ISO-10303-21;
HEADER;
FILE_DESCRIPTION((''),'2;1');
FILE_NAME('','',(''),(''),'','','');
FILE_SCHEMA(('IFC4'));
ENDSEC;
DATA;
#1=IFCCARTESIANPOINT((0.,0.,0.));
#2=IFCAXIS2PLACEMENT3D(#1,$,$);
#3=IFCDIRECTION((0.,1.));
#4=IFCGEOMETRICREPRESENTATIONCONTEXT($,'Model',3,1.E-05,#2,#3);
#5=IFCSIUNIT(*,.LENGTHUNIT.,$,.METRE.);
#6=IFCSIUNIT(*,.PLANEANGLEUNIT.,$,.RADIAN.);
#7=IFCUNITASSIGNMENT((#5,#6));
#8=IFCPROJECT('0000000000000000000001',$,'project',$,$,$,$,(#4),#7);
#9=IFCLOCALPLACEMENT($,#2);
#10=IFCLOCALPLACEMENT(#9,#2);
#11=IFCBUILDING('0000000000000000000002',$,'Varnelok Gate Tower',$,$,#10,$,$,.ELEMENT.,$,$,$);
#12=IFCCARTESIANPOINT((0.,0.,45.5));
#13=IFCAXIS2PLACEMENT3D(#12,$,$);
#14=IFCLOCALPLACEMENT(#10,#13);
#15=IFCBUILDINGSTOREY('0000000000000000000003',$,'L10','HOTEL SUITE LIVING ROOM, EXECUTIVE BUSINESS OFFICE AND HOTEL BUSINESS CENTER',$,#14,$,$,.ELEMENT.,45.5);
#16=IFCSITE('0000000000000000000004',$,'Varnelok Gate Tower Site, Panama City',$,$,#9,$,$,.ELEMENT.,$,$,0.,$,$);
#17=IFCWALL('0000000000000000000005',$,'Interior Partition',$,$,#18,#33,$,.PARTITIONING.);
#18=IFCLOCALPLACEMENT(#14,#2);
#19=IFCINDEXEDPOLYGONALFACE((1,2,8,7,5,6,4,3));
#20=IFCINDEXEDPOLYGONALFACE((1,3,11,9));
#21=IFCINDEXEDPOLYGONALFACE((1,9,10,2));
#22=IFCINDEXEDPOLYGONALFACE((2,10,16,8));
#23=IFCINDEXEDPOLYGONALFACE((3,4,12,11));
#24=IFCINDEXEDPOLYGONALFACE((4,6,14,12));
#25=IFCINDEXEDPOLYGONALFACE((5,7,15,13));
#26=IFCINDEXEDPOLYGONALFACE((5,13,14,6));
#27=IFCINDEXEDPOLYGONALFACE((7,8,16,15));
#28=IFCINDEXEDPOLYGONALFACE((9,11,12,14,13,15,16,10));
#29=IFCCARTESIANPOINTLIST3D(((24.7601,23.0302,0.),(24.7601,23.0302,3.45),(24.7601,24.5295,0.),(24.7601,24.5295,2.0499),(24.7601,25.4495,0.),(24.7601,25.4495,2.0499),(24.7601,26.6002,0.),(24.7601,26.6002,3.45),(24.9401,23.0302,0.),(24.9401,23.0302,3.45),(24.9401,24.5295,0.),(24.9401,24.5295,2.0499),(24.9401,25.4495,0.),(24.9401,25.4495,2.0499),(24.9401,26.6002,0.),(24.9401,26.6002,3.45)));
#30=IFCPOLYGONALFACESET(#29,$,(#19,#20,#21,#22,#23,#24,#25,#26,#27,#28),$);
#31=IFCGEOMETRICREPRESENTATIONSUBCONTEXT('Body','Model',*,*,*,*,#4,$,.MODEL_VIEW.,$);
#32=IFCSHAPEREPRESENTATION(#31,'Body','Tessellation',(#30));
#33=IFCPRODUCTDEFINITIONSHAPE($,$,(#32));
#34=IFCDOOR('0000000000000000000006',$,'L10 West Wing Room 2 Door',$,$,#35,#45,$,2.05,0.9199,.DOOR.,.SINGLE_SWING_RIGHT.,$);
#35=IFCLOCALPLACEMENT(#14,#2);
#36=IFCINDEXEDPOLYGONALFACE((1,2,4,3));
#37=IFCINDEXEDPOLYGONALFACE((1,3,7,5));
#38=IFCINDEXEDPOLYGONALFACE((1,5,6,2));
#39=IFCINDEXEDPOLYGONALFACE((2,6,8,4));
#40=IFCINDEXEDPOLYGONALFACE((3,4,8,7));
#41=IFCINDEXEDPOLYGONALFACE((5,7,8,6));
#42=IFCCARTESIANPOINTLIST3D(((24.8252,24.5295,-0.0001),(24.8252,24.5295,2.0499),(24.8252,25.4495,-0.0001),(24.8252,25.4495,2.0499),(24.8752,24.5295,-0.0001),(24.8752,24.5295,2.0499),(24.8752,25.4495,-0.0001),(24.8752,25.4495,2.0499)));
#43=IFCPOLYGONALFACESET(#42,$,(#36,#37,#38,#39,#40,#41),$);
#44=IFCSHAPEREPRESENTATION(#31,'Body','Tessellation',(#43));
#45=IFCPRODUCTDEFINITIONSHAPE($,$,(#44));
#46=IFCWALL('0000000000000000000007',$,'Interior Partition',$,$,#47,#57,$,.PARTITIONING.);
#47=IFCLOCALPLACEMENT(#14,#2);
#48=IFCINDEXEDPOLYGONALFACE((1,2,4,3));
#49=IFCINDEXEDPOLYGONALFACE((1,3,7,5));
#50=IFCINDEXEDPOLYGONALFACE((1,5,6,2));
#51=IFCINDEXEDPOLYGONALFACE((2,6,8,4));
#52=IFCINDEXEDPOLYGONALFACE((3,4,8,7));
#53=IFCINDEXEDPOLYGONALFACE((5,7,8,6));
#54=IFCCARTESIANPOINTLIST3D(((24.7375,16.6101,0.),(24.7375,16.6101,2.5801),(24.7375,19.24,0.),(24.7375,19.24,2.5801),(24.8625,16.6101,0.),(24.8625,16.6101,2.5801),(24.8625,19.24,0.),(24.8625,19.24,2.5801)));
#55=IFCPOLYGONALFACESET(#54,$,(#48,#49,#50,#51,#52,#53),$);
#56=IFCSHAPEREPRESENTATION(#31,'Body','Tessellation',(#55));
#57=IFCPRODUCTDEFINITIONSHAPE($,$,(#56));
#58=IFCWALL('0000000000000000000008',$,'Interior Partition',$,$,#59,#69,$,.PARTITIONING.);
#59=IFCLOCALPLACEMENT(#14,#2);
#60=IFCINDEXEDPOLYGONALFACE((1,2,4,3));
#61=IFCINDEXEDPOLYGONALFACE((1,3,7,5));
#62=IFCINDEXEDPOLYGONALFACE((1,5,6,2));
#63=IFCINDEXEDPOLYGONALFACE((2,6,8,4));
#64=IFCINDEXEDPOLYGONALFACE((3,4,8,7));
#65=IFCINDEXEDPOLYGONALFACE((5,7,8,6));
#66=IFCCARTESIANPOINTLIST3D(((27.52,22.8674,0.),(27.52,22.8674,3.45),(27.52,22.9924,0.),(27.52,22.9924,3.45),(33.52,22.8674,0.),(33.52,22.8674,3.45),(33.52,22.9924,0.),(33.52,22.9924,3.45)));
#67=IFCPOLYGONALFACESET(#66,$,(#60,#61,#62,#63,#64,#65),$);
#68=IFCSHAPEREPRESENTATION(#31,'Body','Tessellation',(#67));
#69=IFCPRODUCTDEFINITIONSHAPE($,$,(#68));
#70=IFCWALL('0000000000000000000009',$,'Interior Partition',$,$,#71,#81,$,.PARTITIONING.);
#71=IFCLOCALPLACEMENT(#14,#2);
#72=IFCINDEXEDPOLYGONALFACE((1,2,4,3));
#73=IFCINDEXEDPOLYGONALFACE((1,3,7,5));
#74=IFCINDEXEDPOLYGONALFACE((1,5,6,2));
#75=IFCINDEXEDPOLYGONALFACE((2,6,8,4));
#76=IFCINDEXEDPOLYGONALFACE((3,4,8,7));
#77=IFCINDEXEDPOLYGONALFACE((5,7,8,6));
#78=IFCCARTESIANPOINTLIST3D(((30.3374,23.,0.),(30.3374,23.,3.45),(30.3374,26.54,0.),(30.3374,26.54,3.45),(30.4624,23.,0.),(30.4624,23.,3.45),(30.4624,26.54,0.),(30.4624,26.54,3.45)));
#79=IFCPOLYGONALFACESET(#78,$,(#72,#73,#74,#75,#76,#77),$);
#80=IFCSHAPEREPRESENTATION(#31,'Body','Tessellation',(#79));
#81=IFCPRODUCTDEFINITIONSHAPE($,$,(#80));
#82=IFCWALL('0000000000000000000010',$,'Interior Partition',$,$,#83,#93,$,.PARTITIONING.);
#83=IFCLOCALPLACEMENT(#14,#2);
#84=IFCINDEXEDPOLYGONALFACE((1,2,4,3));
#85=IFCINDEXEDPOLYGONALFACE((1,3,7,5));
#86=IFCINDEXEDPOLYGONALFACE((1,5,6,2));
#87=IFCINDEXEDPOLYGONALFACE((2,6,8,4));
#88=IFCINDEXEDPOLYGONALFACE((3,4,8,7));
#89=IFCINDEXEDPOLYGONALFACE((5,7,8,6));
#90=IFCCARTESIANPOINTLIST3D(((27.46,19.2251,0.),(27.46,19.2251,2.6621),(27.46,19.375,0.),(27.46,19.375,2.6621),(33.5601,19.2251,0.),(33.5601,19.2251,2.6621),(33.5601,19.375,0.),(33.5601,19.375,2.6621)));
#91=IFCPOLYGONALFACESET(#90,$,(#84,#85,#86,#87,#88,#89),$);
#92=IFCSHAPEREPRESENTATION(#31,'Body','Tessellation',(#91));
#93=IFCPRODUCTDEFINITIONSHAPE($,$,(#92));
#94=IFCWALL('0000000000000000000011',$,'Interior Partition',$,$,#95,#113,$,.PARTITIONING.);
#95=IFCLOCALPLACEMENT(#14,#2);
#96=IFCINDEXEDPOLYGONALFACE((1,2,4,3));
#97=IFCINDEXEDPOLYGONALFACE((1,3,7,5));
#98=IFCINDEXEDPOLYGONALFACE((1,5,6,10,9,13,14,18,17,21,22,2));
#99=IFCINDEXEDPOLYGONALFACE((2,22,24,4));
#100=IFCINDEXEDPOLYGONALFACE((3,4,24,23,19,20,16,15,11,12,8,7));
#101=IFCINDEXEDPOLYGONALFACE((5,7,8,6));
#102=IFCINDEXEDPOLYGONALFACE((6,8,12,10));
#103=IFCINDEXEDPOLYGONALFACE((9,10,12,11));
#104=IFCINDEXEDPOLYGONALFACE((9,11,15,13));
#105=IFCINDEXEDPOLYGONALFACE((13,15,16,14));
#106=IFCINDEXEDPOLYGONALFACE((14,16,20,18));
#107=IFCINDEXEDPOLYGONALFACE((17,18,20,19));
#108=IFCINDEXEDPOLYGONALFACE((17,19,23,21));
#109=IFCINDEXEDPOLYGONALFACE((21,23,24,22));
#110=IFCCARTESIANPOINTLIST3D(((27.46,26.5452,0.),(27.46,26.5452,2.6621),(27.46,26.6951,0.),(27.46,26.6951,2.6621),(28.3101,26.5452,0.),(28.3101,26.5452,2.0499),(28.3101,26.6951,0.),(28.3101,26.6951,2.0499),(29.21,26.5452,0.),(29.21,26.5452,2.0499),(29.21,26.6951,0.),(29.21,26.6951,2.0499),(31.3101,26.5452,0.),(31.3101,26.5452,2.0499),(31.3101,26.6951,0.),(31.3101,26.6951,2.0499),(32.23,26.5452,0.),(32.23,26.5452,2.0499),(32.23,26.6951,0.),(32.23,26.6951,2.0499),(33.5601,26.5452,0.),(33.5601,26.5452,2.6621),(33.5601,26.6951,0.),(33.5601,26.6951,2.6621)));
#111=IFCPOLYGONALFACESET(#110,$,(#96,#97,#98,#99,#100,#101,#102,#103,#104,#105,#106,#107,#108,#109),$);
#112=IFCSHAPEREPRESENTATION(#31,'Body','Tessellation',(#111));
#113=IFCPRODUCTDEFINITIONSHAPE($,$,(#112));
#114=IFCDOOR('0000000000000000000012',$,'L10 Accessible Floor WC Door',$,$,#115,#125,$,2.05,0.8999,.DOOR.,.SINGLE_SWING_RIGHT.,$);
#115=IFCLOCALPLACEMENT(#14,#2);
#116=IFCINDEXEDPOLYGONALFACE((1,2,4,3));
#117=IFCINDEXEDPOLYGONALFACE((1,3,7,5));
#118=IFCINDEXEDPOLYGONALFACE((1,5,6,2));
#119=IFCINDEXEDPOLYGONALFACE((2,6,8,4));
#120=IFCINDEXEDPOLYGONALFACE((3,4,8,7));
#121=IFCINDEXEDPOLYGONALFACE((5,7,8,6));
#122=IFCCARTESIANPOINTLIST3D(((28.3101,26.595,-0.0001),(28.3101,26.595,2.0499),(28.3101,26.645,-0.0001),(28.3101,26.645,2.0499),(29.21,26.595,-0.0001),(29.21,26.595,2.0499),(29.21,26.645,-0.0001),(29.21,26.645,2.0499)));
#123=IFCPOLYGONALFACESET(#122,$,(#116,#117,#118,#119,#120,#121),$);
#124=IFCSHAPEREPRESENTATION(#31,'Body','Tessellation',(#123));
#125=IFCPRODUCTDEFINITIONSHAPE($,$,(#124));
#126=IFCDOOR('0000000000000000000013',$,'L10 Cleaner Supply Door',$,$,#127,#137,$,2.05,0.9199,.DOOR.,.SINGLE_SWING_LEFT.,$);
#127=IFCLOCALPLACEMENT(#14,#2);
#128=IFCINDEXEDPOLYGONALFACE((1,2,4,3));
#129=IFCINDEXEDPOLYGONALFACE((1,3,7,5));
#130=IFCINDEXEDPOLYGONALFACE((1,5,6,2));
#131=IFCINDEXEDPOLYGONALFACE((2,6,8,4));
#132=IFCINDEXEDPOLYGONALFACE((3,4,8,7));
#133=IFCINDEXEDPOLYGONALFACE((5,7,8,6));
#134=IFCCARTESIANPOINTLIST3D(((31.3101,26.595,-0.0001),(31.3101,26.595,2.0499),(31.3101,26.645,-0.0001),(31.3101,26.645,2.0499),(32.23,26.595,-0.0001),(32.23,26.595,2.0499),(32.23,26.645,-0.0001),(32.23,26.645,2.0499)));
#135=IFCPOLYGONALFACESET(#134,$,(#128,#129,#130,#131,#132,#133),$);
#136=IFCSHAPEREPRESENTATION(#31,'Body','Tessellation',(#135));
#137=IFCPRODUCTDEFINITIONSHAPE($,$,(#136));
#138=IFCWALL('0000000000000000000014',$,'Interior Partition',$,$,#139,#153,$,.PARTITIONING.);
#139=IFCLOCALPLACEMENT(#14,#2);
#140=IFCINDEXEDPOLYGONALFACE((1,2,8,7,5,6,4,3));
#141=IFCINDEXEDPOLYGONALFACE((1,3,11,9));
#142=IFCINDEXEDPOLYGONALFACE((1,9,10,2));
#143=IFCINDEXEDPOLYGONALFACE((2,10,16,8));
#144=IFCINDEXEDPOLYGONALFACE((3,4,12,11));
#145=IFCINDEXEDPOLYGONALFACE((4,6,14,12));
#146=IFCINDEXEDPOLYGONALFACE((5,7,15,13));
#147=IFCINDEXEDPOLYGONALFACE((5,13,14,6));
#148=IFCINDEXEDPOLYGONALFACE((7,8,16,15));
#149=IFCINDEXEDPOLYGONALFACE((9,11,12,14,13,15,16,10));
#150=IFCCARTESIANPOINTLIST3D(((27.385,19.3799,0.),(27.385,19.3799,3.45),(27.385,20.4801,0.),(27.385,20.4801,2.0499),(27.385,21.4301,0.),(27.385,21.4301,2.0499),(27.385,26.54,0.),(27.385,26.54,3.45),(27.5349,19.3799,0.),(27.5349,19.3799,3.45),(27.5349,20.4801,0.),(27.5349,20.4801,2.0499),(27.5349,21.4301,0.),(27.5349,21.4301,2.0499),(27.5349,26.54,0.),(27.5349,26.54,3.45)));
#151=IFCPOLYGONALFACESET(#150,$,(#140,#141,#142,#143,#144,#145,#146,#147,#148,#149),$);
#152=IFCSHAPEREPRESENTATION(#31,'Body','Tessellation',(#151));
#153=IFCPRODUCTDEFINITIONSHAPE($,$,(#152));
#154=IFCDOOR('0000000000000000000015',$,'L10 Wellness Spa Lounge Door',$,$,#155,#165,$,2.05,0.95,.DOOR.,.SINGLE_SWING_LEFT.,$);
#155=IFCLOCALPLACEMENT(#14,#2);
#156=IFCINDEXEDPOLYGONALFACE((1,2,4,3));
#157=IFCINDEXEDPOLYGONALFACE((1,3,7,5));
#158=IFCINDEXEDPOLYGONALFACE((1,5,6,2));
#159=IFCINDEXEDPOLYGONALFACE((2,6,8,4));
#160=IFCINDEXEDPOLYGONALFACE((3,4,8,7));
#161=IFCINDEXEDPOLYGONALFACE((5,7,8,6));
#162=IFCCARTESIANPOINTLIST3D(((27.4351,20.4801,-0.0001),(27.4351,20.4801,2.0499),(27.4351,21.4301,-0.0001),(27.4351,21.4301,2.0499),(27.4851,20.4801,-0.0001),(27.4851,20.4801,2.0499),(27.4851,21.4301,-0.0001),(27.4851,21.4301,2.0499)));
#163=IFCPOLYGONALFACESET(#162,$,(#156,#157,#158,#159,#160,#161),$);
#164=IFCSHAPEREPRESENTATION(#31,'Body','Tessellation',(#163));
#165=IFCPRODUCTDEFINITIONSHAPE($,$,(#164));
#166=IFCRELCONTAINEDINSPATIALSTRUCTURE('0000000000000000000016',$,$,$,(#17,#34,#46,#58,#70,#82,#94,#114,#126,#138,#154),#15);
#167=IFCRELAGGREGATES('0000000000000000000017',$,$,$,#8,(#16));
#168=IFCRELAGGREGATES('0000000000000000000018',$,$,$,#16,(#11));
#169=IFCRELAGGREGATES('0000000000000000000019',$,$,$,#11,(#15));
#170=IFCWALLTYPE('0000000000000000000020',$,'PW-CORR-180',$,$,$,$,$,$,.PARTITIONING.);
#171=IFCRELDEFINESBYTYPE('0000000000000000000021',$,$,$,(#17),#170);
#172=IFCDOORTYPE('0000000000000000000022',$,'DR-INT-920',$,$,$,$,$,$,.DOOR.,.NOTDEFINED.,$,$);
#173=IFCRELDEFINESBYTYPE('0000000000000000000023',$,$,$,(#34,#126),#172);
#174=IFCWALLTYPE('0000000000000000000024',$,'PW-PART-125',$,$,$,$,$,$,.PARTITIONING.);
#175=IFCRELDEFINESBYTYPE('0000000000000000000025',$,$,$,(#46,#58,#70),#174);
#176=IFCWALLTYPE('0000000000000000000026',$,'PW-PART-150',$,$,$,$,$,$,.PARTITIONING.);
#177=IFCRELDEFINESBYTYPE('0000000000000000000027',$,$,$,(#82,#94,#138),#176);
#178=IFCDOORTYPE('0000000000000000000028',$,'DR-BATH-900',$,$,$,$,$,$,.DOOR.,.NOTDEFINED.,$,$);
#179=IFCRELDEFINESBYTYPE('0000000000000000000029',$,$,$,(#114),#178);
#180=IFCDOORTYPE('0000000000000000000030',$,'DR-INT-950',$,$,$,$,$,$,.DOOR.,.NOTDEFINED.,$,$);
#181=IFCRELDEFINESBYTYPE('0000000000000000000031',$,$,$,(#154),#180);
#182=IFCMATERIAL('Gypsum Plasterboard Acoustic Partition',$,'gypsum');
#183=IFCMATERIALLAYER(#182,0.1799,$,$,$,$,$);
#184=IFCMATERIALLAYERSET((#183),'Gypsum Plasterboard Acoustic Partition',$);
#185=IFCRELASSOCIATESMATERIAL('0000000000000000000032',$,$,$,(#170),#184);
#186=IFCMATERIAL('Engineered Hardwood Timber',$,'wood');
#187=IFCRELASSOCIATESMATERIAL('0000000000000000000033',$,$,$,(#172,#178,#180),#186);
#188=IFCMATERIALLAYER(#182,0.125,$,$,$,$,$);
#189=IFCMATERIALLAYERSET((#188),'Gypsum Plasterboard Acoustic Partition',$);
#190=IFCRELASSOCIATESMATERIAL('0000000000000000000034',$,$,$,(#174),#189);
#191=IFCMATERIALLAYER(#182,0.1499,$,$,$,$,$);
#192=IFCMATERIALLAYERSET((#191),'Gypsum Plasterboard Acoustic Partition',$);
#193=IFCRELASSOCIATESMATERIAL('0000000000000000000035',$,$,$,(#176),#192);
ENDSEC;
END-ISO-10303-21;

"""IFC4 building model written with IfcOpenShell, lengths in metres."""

from ifc_helpers import new_model, si_unit, direction, frame, frame_2d, origin, place, context, subcontext, project, spatial, rectangle, extrude, material, layer, layer_set, type_object, element, fill, save


model = new_model("IFC4")

# Units and contexts
model_context = context("Model", 3, precision=1e-05, world=origin(), true_north=direction((0.0, 1.0)))
body_context = subcontext(model_context, "Body", "Model", "MODEL_VIEW")
ifc_project = project(units=[si_unit("LENGTHUNIT", "METRE"), si_unit("PLANEANGLEUNIT", "RADIAN")], contexts=[model_context])

# Site, building, storey
site_placement = place(None, origin())
site = spatial("IfcSite", under=ifc_project, at=site_placement, Name="Varnelok Gate Tower Site, Panama City", CompositionType="ELEMENT", RefElevation=0.0)
building_placement = place(site_placement, origin())
building = spatial("IfcBuilding", under=site, at=building_placement, Name="Varnelok Gate Tower", CompositionType="ELEMENT")
storey_placement = place(building_placement, frame((0.0, 0.0, 45.5)))
storey = spatial("IfcBuildingStorey", under=building, at=storey_placement, Name="L10", Description="HOTEL SUITE LIVING ROOM, EXECUTIVE BUSINESS OFFICE AND HOTEL BUSINESS CENTER", CompositionType="ELEMENT", Elevation=45.5)

# Wall, opening, door
ifc_material_1 = material(Name="Gypsum Plasterboard Acoustic Partition", Category="gypsum")
ifc_layer_1 = layer(ifc_material_1, 0.1799)
ifc_layer_set_1 = layer_set([ifc_layer_1], Name="Gypsum Plasterboard Acoustic Partition")
wall_type_1 = type_object("IfcWallType", Name="PW-CORR-180", PredefinedType="PARTITIONING", material=ifc_layer_set_1)
ifc_material_2 = material(Name="Engineered Hardwood Timber", Category="wood")
door_type_1 = type_object("IfcDoorType", Name="DR-INT-920", OperationType="NOTDEFINED", PredefinedType="DOOR", material=ifc_material_2)
wall_1_placement = place(storey_placement, frame((24.8501, 23.03, 0.0), z_axis=(0.0, 0.0, 1.0), x_axis=(0.0, 1.0, 0.0)))
wall_1 = element("IfcWall", 1, at=wall_1_placement, inside=storey, type_object=wall_type_1, Name="Interior Partition", PredefinedType="PARTITIONING", context=body_context, shape_type="SweptSolid", body=[
    extrude(rectangle(XDim=3.5701, YDim=0.1799, at=frame_2d((1.7852, 0.0))), origin(), (0.0, 0.0, 1.0), 3.45),
])
opening_1_placement = place(wall_1_placement, frame((1.4995, 0.0, 0.0)))
opening_1 = element("IfcOpeningElement", 2, at=opening_1_placement, cuts=wall_1, PredefinedType="OPENING", context=body_context, shape_type="SweptSolid", body=[
    extrude(rectangle(XDim=0.9199, YDim=2.05, at=frame_2d((0.46, 1.0249))), frame((0.0, 0.0999, 0.0), z_axis=(0.0, -1.0, 0.0), x_axis=(1.0, 0.0, 0.0)), (0.0, 0.0, 1.0), 0.2),
])
door_1_placement = place(opening_1_placement, origin())
door_1 = element("IfcDoor", 3, at=door_1_placement, inside=storey, type_object=door_type_1, Name="L10 West Wing Room 2 Door", OperationType="SINGLE_SWING_RIGHT", OverallHeight=2.05, OverallWidth=0.9199, PredefinedType="DOOR", context=body_context, shape_type="SweptSolid", body=[
    extrude(rectangle(XDim=0.9199, YDim=2.05, at=frame_2d((0.46, 1.0249))), frame((0.0, 0.0249, 0.0), z_axis=(0.0, -1.0, 0.0), x_axis=(1.0, 0.0, 0.0)), (0.0, 0.0, 1.0), 0.05),
])
fill(opening_1, door_1)

# Walls
ifc_layer_2 = layer(ifc_material_1, 0.125)
ifc_layer_set_2 = layer_set([ifc_layer_2], Name="Gypsum Plasterboard Acoustic Partition")
wall_type_2 = type_object("IfcWallType", Name="PW-PART-125", PredefinedType="PARTITIONING", material=ifc_layer_set_2)
wall_2_placement = place(storey_placement, frame((24.8, 16.6101, 0.0), z_axis=(0.0, 0.0, 1.0), x_axis=(0.0, 1.0, 0.0)))
element("IfcWall", 4, at=wall_2_placement, inside=storey, type_object=wall_type_2, Name="Interior Partition", PredefinedType="PARTITIONING", context=body_context, shape_type="SweptSolid", body=[
    extrude(rectangle(XDim=2.6299, YDim=0.125, at=frame_2d((1.3149, 0.0))), origin(), (0.0, 0.0, 1.0), 2.5801),
])
wall_3_placement = place(storey_placement, frame((27.52, 22.9299, 0.0), z_axis=(0.0, 0.0, 1.0), x_axis=(1.0, 0.0, 0.0)))
element("IfcWall", 5, at=wall_3_placement, inside=storey, type_object=wall_type_2, Name="Interior Partition", PredefinedType="PARTITIONING", context=body_context, shape_type="SweptSolid", body=[
    extrude(rectangle(XDim=6.0, YDim=0.125, at=frame_2d((3.0, 0.0))), origin(), (0.0, 0.0, 1.0), 3.45),
])
wall_4_placement = place(storey_placement, frame((30.3999, 23.0, 0.0), z_axis=(0.0, 0.0, 1.0), x_axis=(0.0, 1.0, 0.0)))
element("IfcWall", 6, at=wall_4_placement, inside=storey, type_object=wall_type_2, Name="Interior Partition", PredefinedType="PARTITIONING", context=body_context, shape_type="SweptSolid", body=[
    extrude(rectangle(XDim=3.54, YDim=0.125, at=frame_2d((1.77, 0.0))), origin(), (0.0, 0.0, 1.0), 3.45),
])
ifc_layer_3 = layer(ifc_material_1, 0.1499)
ifc_layer_set_3 = layer_set([ifc_layer_3], Name="Gypsum Plasterboard Acoustic Partition")
wall_type_3 = type_object("IfcWallType", Name="PW-PART-150", PredefinedType="PARTITIONING", material=ifc_layer_set_3)
wall_5_placement = place(storey_placement, frame((27.46, 19.3, 0.0), z_axis=(0.0, 0.0, 1.0), x_axis=(1.0, 0.0, 0.0)))
element("IfcWall", 7, at=wall_5_placement, inside=storey, type_object=wall_type_3, Name="Interior Partition", PredefinedType="PARTITIONING", context=body_context, shape_type="SweptSolid", body=[
    extrude(rectangle(XDim=6.1001, YDim=0.1499, at=frame_2d((3.05, 0.0))), origin(), (0.0, 0.0, 1.0), 2.6621),
])

# Wall, openings, doors
wall_6_placement = place(storey_placement, frame((27.46, 26.6201, 0.0), z_axis=(0.0, 0.0, 1.0), x_axis=(1.0, 0.0, 0.0)))
wall_6 = element("IfcWall", 8, at=wall_6_placement, inside=storey, type_object=wall_type_3, Name="Interior Partition", PredefinedType="PARTITIONING", context=body_context, shape_type="SweptSolid", body=[
    extrude(rectangle(XDim=6.1001, YDim=0.1499, at=frame_2d((3.05, 0.0))), origin(), (0.0, 0.0, 1.0), 2.6621),
])
opening_2_placement = place(wall_6_placement, frame((0.8501, 0.0, 0.0)))
opening_2 = element("IfcOpeningElement", 9, at=opening_2_placement, cuts=wall_6, PredefinedType="OPENING", context=body_context, shape_type="SweptSolid", body=[
    extrude(rectangle(XDim=0.8999, YDim=2.05, at=frame_2d((0.45, 1.0249))), frame((0.0, 0.085, 0.0), z_axis=(0.0, -1.0, 0.0), x_axis=(1.0, 0.0, 0.0)), (0.0, 0.0, 1.0), 0.1699),
])
opening_3_placement = place(wall_6_placement, frame((3.8501, 0.0, 0.0)))
opening_3 = element("IfcOpeningElement", 10, at=opening_3_placement, cuts=wall_6, PredefinedType="OPENING", context=body_context, shape_type="SweptSolid", body=[
    extrude(rectangle(XDim=0.9199, YDim=2.05, at=frame_2d((0.46, 1.0249))), frame((0.0, 0.085, 0.0), z_axis=(0.0, -1.0, 0.0), x_axis=(1.0, 0.0, 0.0)), (0.0, 0.0, 1.0), 0.1699),
])
door_type_2 = type_object("IfcDoorType", Name="DR-BATH-900", OperationType="NOTDEFINED", PredefinedType="DOOR", material=ifc_material_2)
door_2_placement = place(opening_2_placement, origin())
door_2 = element("IfcDoor", 11, at=door_2_placement, inside=storey, type_object=door_type_2, Name="L10 Accessible Floor WC Door", OperationType="SINGLE_SWING_RIGHT", OverallHeight=2.05, OverallWidth=0.8999, PredefinedType="DOOR", context=body_context, shape_type="SweptSolid", body=[
    extrude(rectangle(XDim=0.8999, YDim=2.05, at=frame_2d((0.45, 1.0249))), frame((0.0, 0.0249, 0.0), z_axis=(0.0, -1.0, 0.0), x_axis=(1.0, 0.0, 0.0)), (0.0, 0.0, 1.0), 0.05),
])
fill(opening_2, door_2)
door_3_placement = place(opening_3_placement, origin())
door_3 = element("IfcDoor", 12, at=door_3_placement, inside=storey, type_object=door_type_1, Name="L10 Cleaner Supply Door", OperationType="SINGLE_SWING_LEFT", OverallHeight=2.05, OverallWidth=0.9199, PredefinedType="DOOR", context=body_context, shape_type="SweptSolid", body=[
    extrude(rectangle(XDim=0.9199, YDim=2.05, at=frame_2d((0.46, 1.0249))), frame((0.0, 0.0249, 0.0), z_axis=(0.0, -1.0, 0.0), x_axis=(1.0, 0.0, 0.0)), (0.0, 0.0, 1.0), 0.05),
])
fill(opening_3, door_3)

# Wall, opening, door
wall_7_placement = place(storey_placement, frame((27.46, 19.3799, 0.0), z_axis=(0.0, 0.0, 1.0), x_axis=(0.0, 1.0, 0.0)))
wall_7 = element("IfcWall", 13, at=wall_7_placement, inside=storey, type_object=wall_type_3, Name="Interior Partition", PredefinedType="PARTITIONING", context=body_context, shape_type="SweptSolid", body=[
    extrude(rectangle(XDim=7.1602, YDim=0.1499, at=frame_2d((3.5801, 0.0))), origin(), (0.0, 0.0, 1.0), 3.45),
])
opening_4_placement = place(wall_7_placement, frame((1.1001, 0.0, 0.0)))
opening_4 = element("IfcOpeningElement", 14, at=opening_4_placement, cuts=wall_7, PredefinedType="OPENING", context=body_context, shape_type="SweptSolid", body=[
    extrude(rectangle(XDim=0.95, YDim=2.05, at=frame_2d((0.4751, 1.0249))), frame((0.0, 0.085, 0.0), z_axis=(0.0, -1.0, 0.0), x_axis=(1.0, 0.0, 0.0)), (0.0, 0.0, 1.0), 0.1699),
])
door_type_3 = type_object("IfcDoorType", Name="DR-INT-950", OperationType="NOTDEFINED", PredefinedType="DOOR", material=ifc_material_2)
door_4_placement = place(opening_4_placement, origin())
door_4 = element("IfcDoor", 15, at=door_4_placement, inside=storey, type_object=door_type_3, Name="L10 Wellness Spa Lounge Door", OperationType="SINGLE_SWING_LEFT", OverallHeight=2.05, OverallWidth=0.95, PredefinedType="DOOR", context=body_context, shape_type="SweptSolid", body=[
    extrude(rectangle(XDim=0.95, YDim=2.05, at=frame_2d((0.4751, 1.0249))), frame((0.0, 0.0249, 0.0), z_axis=(0.0, -1.0, 0.0), x_axis=(1.0, 0.0, 0.0)), (0.0, 0.0, 1.0), 0.05),
])
fill(opening_4, door_4)

save(model, "model.ifc")
